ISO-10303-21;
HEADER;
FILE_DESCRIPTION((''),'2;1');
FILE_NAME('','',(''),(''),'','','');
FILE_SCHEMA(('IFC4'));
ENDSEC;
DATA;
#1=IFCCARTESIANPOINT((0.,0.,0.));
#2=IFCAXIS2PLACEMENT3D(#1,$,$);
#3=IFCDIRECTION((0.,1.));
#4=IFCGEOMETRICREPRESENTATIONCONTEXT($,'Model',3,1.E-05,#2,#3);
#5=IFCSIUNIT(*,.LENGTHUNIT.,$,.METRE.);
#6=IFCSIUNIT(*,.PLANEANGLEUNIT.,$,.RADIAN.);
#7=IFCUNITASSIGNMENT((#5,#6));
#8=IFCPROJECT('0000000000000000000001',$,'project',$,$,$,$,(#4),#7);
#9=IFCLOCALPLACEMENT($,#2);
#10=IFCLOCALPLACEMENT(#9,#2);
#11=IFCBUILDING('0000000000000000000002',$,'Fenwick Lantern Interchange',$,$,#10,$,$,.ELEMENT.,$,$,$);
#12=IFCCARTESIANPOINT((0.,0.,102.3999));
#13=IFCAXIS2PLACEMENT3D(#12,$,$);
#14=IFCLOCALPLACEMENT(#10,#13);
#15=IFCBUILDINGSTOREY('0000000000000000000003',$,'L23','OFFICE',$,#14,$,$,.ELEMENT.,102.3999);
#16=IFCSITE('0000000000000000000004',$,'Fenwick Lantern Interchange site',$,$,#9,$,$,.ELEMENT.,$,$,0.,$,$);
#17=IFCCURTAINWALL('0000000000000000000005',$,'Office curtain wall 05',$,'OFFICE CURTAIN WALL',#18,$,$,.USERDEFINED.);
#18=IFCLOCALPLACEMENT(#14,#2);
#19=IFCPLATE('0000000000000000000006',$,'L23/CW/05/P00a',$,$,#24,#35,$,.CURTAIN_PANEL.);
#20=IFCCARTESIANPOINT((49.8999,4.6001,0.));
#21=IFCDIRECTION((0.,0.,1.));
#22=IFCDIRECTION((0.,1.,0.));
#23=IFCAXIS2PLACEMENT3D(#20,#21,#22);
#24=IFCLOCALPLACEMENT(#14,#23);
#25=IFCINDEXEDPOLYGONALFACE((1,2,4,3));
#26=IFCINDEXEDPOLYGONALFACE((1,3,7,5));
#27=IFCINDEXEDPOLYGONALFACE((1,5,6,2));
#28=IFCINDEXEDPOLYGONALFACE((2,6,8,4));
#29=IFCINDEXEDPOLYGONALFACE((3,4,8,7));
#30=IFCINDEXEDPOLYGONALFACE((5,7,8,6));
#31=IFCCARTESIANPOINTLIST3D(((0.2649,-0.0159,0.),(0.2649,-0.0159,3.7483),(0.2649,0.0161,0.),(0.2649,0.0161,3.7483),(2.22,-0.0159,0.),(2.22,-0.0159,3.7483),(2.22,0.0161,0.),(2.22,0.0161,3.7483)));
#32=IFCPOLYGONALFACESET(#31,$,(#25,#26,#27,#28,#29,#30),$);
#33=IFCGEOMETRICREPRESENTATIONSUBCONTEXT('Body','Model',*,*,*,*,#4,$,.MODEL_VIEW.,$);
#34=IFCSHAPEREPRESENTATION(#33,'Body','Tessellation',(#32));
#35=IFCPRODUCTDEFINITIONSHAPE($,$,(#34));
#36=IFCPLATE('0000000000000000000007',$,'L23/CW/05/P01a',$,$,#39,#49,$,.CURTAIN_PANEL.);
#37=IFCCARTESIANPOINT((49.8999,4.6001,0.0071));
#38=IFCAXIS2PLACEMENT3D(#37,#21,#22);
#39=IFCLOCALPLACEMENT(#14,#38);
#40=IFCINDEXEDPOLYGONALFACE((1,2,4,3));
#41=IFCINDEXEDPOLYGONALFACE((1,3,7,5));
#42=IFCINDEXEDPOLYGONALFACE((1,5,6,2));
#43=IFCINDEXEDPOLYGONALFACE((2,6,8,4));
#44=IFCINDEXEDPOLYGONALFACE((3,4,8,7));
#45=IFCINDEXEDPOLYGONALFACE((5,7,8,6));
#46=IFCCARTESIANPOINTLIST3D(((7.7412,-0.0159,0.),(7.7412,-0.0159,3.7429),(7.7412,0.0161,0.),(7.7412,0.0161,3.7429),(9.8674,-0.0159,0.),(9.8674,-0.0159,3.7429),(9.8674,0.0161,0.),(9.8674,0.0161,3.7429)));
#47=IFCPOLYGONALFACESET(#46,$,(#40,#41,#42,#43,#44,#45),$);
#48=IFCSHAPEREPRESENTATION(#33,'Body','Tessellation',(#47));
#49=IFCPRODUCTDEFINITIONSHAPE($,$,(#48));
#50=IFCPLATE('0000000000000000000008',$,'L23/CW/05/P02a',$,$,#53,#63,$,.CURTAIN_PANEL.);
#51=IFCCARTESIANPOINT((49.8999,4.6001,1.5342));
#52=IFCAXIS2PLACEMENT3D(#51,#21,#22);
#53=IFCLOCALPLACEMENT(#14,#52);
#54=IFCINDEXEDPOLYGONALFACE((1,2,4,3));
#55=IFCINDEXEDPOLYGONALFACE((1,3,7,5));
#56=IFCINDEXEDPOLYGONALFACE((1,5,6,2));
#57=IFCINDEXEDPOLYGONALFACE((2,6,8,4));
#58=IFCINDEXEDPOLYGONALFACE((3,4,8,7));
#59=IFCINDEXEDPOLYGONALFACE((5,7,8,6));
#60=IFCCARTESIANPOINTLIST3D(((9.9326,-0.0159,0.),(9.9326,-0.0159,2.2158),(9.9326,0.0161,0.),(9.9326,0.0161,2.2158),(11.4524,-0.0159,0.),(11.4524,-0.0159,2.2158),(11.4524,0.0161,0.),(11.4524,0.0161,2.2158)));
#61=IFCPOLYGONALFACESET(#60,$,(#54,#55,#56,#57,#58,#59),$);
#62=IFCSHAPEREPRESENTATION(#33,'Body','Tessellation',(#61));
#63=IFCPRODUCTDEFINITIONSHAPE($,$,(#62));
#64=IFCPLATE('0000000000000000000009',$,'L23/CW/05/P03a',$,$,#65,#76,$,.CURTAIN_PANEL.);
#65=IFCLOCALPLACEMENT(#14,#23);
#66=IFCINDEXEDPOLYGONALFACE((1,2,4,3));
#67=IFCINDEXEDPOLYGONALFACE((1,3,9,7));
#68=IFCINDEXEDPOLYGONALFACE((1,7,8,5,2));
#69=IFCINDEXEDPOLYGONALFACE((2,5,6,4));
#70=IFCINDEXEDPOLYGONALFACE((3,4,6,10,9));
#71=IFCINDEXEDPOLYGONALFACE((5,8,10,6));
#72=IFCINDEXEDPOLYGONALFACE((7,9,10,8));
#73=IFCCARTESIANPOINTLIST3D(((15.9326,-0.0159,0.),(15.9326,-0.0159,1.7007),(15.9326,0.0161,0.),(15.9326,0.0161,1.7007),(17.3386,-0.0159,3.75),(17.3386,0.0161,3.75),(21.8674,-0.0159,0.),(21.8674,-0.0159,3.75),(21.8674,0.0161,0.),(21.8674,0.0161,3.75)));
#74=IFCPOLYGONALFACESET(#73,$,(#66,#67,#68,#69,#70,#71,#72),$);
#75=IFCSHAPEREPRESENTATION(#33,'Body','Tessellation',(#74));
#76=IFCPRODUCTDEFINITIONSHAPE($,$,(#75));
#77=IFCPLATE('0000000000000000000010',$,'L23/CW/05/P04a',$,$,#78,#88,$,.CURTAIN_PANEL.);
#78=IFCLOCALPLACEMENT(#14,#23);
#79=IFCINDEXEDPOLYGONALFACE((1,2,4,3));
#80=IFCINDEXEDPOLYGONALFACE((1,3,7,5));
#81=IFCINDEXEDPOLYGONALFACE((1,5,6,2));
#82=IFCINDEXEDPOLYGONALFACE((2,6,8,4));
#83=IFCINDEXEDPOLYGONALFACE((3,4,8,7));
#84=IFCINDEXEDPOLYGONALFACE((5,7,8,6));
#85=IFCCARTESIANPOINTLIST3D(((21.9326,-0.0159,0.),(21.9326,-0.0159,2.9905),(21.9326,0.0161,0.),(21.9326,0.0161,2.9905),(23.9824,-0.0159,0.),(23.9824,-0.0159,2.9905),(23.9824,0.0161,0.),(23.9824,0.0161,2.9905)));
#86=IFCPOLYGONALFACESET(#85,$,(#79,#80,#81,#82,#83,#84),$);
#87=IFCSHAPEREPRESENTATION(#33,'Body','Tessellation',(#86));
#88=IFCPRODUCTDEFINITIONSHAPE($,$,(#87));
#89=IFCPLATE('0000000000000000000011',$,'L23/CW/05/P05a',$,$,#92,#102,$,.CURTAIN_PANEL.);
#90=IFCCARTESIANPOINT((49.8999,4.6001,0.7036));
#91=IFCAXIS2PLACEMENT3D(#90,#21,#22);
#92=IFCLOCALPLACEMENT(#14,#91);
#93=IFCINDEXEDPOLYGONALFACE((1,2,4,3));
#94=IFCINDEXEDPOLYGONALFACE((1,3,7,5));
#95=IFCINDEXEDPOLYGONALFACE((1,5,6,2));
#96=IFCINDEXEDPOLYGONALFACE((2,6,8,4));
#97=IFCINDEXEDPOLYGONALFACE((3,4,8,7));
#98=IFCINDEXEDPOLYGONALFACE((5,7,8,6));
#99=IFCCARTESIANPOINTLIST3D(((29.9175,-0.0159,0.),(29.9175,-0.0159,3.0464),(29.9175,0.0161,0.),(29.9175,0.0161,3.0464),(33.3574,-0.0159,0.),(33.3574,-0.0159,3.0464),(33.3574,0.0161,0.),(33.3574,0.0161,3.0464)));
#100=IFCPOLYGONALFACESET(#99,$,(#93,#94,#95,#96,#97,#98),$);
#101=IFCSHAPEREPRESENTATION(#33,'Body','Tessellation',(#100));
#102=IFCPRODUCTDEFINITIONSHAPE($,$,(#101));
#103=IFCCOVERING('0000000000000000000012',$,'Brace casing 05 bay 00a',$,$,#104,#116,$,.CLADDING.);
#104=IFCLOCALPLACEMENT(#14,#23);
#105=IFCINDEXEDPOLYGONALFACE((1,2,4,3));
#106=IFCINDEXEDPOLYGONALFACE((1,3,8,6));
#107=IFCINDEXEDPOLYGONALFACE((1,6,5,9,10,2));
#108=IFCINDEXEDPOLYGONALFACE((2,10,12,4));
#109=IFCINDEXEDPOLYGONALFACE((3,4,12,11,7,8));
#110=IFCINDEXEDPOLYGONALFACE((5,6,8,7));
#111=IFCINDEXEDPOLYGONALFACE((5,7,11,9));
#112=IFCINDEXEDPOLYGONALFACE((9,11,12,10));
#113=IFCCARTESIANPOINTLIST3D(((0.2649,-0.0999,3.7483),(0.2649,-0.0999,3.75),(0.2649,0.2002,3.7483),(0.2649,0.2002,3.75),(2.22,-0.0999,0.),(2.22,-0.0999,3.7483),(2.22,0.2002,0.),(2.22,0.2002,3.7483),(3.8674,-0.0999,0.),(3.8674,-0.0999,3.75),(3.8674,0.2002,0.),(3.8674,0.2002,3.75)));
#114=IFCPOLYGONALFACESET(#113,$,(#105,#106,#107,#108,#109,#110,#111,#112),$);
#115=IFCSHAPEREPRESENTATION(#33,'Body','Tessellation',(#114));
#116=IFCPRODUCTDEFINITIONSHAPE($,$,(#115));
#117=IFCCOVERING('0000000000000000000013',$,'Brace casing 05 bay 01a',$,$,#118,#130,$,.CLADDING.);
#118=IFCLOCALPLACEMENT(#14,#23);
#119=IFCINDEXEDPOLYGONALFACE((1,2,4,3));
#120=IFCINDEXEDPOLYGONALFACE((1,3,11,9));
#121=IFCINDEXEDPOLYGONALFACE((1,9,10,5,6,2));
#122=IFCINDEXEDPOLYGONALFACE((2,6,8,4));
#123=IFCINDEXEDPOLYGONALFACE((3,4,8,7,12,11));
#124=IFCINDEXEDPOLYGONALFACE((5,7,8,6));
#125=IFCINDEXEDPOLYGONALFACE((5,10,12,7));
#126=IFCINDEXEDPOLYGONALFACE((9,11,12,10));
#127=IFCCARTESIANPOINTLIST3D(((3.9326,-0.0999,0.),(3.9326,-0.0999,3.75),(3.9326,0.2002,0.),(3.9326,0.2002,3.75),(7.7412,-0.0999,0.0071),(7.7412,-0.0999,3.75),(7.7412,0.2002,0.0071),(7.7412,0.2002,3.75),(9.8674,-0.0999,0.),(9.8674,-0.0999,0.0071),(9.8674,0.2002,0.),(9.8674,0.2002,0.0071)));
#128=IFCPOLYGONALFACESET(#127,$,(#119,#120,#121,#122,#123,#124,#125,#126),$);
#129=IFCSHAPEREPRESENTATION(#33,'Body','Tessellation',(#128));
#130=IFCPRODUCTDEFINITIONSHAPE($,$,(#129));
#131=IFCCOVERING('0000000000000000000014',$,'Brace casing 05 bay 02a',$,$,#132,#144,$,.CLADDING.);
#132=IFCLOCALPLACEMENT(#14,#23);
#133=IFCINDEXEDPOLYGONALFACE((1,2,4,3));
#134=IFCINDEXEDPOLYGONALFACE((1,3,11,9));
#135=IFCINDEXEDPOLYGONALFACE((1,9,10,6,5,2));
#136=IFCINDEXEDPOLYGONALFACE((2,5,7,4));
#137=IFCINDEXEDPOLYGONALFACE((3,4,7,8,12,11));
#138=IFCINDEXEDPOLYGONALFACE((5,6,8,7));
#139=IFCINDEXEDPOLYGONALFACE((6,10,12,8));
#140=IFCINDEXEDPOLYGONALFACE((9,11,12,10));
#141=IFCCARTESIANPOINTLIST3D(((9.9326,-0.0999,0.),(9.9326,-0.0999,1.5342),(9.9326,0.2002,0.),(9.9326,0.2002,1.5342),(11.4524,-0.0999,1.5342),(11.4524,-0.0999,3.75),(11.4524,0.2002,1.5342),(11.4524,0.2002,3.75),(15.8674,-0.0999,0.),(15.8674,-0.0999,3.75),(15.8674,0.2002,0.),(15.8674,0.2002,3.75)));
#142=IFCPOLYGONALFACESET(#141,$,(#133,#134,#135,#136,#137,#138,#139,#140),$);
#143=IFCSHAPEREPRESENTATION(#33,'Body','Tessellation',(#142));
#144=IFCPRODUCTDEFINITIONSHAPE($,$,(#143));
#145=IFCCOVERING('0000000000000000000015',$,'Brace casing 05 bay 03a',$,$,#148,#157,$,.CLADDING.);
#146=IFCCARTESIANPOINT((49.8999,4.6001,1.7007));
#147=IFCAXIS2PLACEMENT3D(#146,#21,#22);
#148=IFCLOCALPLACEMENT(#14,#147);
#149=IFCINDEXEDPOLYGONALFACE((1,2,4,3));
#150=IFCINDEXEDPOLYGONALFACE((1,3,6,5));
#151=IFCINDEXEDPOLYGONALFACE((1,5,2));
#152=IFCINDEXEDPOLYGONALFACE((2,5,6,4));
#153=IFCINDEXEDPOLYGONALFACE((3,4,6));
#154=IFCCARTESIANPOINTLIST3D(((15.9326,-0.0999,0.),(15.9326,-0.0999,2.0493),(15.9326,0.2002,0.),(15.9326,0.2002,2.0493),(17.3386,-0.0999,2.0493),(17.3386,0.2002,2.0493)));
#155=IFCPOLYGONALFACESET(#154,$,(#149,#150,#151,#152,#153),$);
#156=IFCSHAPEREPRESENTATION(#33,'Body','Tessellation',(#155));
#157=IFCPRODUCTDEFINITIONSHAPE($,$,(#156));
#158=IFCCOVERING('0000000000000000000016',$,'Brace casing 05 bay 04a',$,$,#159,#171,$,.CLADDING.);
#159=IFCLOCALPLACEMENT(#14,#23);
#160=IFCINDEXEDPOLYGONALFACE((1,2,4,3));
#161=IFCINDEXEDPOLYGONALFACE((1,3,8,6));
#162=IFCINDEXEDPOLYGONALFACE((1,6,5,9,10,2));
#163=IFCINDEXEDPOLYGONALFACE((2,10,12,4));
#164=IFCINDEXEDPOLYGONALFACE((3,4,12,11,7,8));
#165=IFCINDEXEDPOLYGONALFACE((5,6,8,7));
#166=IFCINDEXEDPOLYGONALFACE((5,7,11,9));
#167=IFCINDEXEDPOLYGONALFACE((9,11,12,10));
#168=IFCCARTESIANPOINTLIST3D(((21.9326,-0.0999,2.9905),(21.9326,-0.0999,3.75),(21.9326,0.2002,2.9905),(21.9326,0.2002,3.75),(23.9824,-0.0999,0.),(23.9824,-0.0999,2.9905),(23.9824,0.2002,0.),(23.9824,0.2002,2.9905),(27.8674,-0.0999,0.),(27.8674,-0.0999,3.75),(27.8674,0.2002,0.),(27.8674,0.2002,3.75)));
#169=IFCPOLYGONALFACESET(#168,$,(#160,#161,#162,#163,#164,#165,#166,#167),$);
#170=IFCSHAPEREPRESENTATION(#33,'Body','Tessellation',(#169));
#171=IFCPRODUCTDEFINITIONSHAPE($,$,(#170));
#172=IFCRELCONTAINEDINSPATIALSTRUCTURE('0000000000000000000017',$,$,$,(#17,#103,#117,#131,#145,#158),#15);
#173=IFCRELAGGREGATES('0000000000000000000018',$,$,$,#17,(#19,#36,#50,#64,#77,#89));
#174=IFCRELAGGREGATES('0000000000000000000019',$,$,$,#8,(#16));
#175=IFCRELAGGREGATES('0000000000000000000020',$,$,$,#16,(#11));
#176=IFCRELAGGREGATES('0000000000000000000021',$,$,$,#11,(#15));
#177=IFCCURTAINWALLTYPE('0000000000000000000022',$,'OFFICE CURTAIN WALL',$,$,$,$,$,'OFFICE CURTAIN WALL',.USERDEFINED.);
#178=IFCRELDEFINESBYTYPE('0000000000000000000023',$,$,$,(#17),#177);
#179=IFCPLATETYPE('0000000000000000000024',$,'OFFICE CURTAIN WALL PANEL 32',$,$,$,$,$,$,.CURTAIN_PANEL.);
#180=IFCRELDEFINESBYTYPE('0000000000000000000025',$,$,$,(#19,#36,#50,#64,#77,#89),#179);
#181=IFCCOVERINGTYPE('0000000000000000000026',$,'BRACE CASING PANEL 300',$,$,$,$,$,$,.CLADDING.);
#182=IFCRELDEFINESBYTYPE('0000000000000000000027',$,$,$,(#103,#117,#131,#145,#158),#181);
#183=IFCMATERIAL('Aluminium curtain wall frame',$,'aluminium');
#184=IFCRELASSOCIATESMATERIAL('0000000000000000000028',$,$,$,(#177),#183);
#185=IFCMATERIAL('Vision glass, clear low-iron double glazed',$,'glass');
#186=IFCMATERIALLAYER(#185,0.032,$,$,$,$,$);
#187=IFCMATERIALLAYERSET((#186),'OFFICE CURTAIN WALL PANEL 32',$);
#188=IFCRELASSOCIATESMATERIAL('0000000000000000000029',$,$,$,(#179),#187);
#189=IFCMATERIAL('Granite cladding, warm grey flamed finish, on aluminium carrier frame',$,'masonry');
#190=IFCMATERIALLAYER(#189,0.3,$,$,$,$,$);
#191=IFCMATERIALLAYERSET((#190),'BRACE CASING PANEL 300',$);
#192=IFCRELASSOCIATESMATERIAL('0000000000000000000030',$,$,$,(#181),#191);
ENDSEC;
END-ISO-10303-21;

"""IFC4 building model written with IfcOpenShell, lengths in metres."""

from ifc_helpers import new_model, si_unit, direction, frame, origin, place, context, subcontext, project, spatial, polyline, outline, extrude, material, layer, layer_set, type_object, element, aggregate, save


model = new_model("IFC4")

# Units and contexts
model_context = context("Model", 3, precision=1e-05, world=origin(), true_north=direction((0.0, 1.0)))
body_context = subcontext(model_context, "Body", "Model", "MODEL_VIEW")
ifc_project = project(units=[si_unit("LENGTHUNIT", "METRE"), si_unit("PLANEANGLEUNIT", "RADIAN")], contexts=[model_context])

# Site, building, storey
site_placement = place(None, origin())
site = spatial("IfcSite", under=ifc_project, at=site_placement, Name="Fenwick Lantern Interchange site", CompositionType="ELEMENT", RefElevation=0.0)
building_placement = place(site_placement, origin())
building = spatial("IfcBuilding", under=site, at=building_placement, Name="Fenwick Lantern Interchange", CompositionType="ELEMENT")
storey_placement = place(building_placement, frame((0.0, 0.0, 102.3999)))
storey = spatial("IfcBuildingStorey", under=building, at=storey_placement, Name="L23", Description="OFFICE", CompositionType="ELEMENT", Elevation=102.3999)

# Shared definitions
ifc_material_1 = material(Name="Aluminium curtain wall frame", Category="aluminium")
curtain_wall_type = type_object("IfcCurtainWallType", Name="OFFICE CURTAIN WALL", ElementType="OFFICE CURTAIN WALL", PredefinedType="USERDEFINED", material=ifc_material_1)

# Shared definitions
ifc_material_2 = material(Name="Vision glass, clear low-iron double glazed", Category="glass")
ifc_layer_1 = layer(ifc_material_2, 0.032)
ifc_layer_set_1 = layer_set([ifc_layer_1], Name="OFFICE CURTAIN WALL PANEL 32")
plate_type = type_object("IfcPlateType", Name="OFFICE CURTAIN WALL PANEL 32", PredefinedType="CURTAIN_PANEL", material=ifc_layer_set_1)

# Curtain wall, plates
curtain_wall_1_placement = place(storey_placement, origin())
curtain_wall_1 = element("IfcCurtainWall", 1, at=curtain_wall_1_placement, inside=storey, type_object=curtain_wall_type, Name="Office curtain wall 05", ObjectType="OFFICE CURTAIN WALL", PredefinedType="USERDEFINED")
plate_1_placement = place(storey_placement, frame((49.8999, 4.6001, 0.0), z_axis=(0.0, 0.0, 1.0), x_axis=(0.0, 1.0, 0.0)))
plate_1 = element("IfcPlate", 2, at=plate_1_placement, type_object=plate_type, Name="L23/CW/05/P00a", PredefinedType="CURTAIN_PANEL", context=body_context, shape_type="SweptSolid", body=[
    extrude(outline(polyline([(0.2649, 0.0), (2.22, 0.0), (2.22, 3.7483), (0.2649, 3.7483), (0.2649, 0.0)])), frame((0.0, 0.0161, 0.0), z_axis=(0.0, -1.0, 0.0), x_axis=(1.0, 0.0, 0.0)), (0.0, 0.0, 1.0), 0.032),
])
plate_2_placement = place(storey_placement, frame((49.8999, 4.6001, 0.0071), z_axis=(0.0, 0.0, 1.0), x_axis=(0.0, 1.0, 0.0)))
plate_2 = element("IfcPlate", 3, at=plate_2_placement, type_object=plate_type, Name="L23/CW/05/P01a", PredefinedType="CURTAIN_PANEL", context=body_context, shape_type="SweptSolid", body=[
    extrude(outline(polyline([(7.7412, 0.0), (9.8674, 0.0), (9.8674, 3.7429), (7.7412, 3.7429), (7.7412, 0.0)])), frame((0.0, 0.0161, 0.0), z_axis=(0.0, -1.0, 0.0), x_axis=(1.0, 0.0, 0.0)), (0.0, 0.0, 1.0), 0.032),
])
plate_3_placement = place(storey_placement, frame((49.8999, 4.6001, 1.5342), z_axis=(0.0, 0.0, 1.0), x_axis=(0.0, 1.0, 0.0)))
plate_3 = element("IfcPlate", 4, at=plate_3_placement, type_object=plate_type, Name="L23/CW/05/P02a", PredefinedType="CURTAIN_PANEL", context=body_context, shape_type="SweptSolid", body=[
    extrude(outline(polyline([(9.9326, 0.0), (11.4524, 0.0), (11.4524, 2.2158), (9.9326, 2.2158), (9.9326, 0.0)])), frame((0.0, 0.0161, 0.0), z_axis=(0.0, -1.0, 0.0), x_axis=(1.0, 0.0, 0.0)), (0.0, 0.0, 1.0), 0.032),
])
plate_4_placement = place(storey_placement, frame((49.8999, 4.6001, 0.0), z_axis=(0.0, 0.0, 1.0), x_axis=(0.0, 1.0, 0.0)))
plate_4 = element("IfcPlate", 5, at=plate_4_placement, type_object=plate_type, Name="L23/CW/05/P03a", PredefinedType="CURTAIN_PANEL", context=body_context, shape_type="SweptSolid", body=[
    extrude(outline(polyline([(15.9326, 0.0), (21.8674, 0.0), (21.8674, 3.75), (17.3386, 3.75), (15.9326, 1.7007), (15.9326, 0.0)])), frame((0.0, 0.0161, 0.0), z_axis=(0.0, -1.0, 0.0), x_axis=(1.0, 0.0, 0.0)), (0.0, 0.0, 1.0), 0.032),
])
plate_5_placement = place(storey_placement, frame((49.8999, 4.6001, 0.0), z_axis=(0.0, 0.0, 1.0), x_axis=(0.0, 1.0, 0.0)))
plate_5 = element("IfcPlate", 6, at=plate_5_placement, type_object=plate_type, Name="L23/CW/05/P04a", PredefinedType="CURTAIN_PANEL", context=body_context, shape_type="SweptSolid", body=[
    extrude(outline(polyline([(21.9326, 0.0), (23.9824, 0.0), (23.9824, 2.9905), (21.9326, 2.9905), (21.9326, 0.0)])), frame((0.0, 0.0161, 0.0), z_axis=(0.0, -1.0, 0.0), x_axis=(1.0, 0.0, 0.0)), (0.0, 0.0, 1.0), 0.032),
])
plate_6_placement = place(storey_placement, frame((49.8999, 4.6001, 0.7036), z_axis=(0.0, 0.0, 1.0), x_axis=(0.0, 1.0, 0.0)))
plate_6 = element("IfcPlate", 7, at=plate_6_placement, type_object=plate_type, Name="L23/CW/05/P05a", PredefinedType="CURTAIN_PANEL", context=body_context, shape_type="SweptSolid", body=[
    extrude(outline(polyline([(29.9175, 0.0), (33.3574, 0.0), (33.3574, 3.0464), (29.9175, 3.0464), (29.9175, 0.0)])), frame((0.0, 0.0161, 0.0), z_axis=(0.0, -1.0, 0.0), x_axis=(1.0, 0.0, 0.0)), (0.0, 0.0, 1.0), 0.032),
])
aggregate(curtain_wall_1, [plate_1, plate_2, plate_3, plate_4, plate_5, plate_6])

# Coverings
ifc_material_3 = material(Name="Granite cladding, warm grey flamed finish, on aluminium carrier frame", Category="masonry")
ifc_layer_2 = layer(ifc_material_3, 0.3)
ifc_layer_set_2 = layer_set([ifc_layer_2], Name="BRACE CASING PANEL 300")
covering_type = type_object("IfcCoveringType", Name="BRACE CASING PANEL 300", PredefinedType="CLADDING", material=ifc_layer_set_2)
covering_1_placement = place(storey_placement, frame((49.8999, 4.6001, 0.0), z_axis=(0.0, 0.0, 1.0), x_axis=(0.0, 1.0, 0.0)))
element("IfcCovering", 8, at=covering_1_placement, inside=storey, type_object=covering_type, Name="Brace casing 05 bay 00a", PredefinedType="CLADDING", context=body_context, shape_type="SweptSolid", body=[
    extrude(outline(polyline([(2.22, 0.0), (3.8674, 0.0), (3.8674, 3.75), (0.2649, 3.75), (0.2649, 3.7483), (2.22, 3.7483), (2.22, 0.0)])), frame((0.0, 0.2002, 0.0), z_axis=(0.0, -1.0, 0.0), x_axis=(1.0, 0.0, 0.0)), (0.0, 0.0, 1.0), 0.3),
])
covering_2_placement = place(storey_placement, frame((49.8999, 4.6001, 0.0), z_axis=(0.0, 0.0, 1.0), x_axis=(0.0, 1.0, 0.0)))
element("IfcCovering", 9, at=covering_2_placement, inside=storey, type_object=covering_type, Name="Brace casing 05 bay 01a", PredefinedType="CLADDING", context=body_context, shape_type="SweptSolid", body=[
    extrude(outline(polyline([(3.9326, 0.0), (9.8674, 0.0), (9.8674, 0.0071), (7.7412, 0.0071), (7.7412, 3.75), (3.9326, 3.75), (3.9326, 0.0)])), frame((0.0, 0.2002, 0.0), z_axis=(0.0, -1.0, 0.0), x_axis=(1.0, 0.0, 0.0)), (0.0, 0.0, 1.0), 0.3),
])
covering_3_placement = place(storey_placement, frame((49.8999, 4.6001, 0.0), z_axis=(0.0, 0.0, 1.0), x_axis=(0.0, 1.0, 0.0)))
element("IfcCovering", 10, at=covering_3_placement, inside=storey, type_object=covering_type, Name="Brace casing 05 bay 02a", PredefinedType="CLADDING", context=body_context, shape_type="SweptSolid", body=[
    extrude(outline(polyline([(9.9326, 0.0), (15.8674, 0.0), (15.8674, 3.75), (11.4524, 3.75), (11.4524, 1.5342), (9.9326, 1.5342), (9.9326, 0.0)])), frame((0.0, 0.2002, 0.0), z_axis=(0.0, -1.0, 0.0), x_axis=(1.0, 0.0, 0.0)), (0.0, 0.0, 1.0), 0.3),
])
covering_4_placement = place(storey_placement, frame((49.8999, 4.6001, 1.7007), z_axis=(0.0, 0.0, 1.0), x_axis=(0.0, 1.0, 0.0)))
element("IfcCovering", 11, at=covering_4_placement, inside=storey, type_object=covering_type, Name="Brace casing 05 bay 03a", PredefinedType="CLADDING", context=body_context, shape_type="SweptSolid", body=[
    extrude(outline(polyline([(15.9326, 0.0), (17.3386, 2.0493), (15.9326, 2.0493), (15.9326, 0.0)])), frame((0.0, 0.2002, 0.0), z_axis=(0.0, -1.0, 0.0), x_axis=(1.0, 0.0, 0.0)), (0.0, 0.0, 1.0), 0.3),
])
covering_5_placement = place(storey_placement, frame((49.8999, 4.6001, 0.0), z_axis=(0.0, 0.0, 1.0), x_axis=(0.0, 1.0, 0.0)))
element("IfcCovering", 12, at=covering_5_placement, inside=storey, type_object=covering_type, Name="Brace casing 05 bay 04a", PredefinedType="CLADDING", context=body_context, shape_type="SweptSolid", body=[
    extrude(outline(polyline([(23.9824, 0.0), (27.8674, 0.0), (27.8674, 3.75), (21.9326, 3.75), (21.9326, 2.9905), (23.9824, 2.9905), (23.9824, 0.0)])), frame((0.0, 0.2002, 0.0), z_axis=(0.0, -1.0, 0.0), x_axis=(1.0, 0.0, 0.0)), (0.0, 0.0, 1.0), 0.3),
])

save(model, "model.ifc")
